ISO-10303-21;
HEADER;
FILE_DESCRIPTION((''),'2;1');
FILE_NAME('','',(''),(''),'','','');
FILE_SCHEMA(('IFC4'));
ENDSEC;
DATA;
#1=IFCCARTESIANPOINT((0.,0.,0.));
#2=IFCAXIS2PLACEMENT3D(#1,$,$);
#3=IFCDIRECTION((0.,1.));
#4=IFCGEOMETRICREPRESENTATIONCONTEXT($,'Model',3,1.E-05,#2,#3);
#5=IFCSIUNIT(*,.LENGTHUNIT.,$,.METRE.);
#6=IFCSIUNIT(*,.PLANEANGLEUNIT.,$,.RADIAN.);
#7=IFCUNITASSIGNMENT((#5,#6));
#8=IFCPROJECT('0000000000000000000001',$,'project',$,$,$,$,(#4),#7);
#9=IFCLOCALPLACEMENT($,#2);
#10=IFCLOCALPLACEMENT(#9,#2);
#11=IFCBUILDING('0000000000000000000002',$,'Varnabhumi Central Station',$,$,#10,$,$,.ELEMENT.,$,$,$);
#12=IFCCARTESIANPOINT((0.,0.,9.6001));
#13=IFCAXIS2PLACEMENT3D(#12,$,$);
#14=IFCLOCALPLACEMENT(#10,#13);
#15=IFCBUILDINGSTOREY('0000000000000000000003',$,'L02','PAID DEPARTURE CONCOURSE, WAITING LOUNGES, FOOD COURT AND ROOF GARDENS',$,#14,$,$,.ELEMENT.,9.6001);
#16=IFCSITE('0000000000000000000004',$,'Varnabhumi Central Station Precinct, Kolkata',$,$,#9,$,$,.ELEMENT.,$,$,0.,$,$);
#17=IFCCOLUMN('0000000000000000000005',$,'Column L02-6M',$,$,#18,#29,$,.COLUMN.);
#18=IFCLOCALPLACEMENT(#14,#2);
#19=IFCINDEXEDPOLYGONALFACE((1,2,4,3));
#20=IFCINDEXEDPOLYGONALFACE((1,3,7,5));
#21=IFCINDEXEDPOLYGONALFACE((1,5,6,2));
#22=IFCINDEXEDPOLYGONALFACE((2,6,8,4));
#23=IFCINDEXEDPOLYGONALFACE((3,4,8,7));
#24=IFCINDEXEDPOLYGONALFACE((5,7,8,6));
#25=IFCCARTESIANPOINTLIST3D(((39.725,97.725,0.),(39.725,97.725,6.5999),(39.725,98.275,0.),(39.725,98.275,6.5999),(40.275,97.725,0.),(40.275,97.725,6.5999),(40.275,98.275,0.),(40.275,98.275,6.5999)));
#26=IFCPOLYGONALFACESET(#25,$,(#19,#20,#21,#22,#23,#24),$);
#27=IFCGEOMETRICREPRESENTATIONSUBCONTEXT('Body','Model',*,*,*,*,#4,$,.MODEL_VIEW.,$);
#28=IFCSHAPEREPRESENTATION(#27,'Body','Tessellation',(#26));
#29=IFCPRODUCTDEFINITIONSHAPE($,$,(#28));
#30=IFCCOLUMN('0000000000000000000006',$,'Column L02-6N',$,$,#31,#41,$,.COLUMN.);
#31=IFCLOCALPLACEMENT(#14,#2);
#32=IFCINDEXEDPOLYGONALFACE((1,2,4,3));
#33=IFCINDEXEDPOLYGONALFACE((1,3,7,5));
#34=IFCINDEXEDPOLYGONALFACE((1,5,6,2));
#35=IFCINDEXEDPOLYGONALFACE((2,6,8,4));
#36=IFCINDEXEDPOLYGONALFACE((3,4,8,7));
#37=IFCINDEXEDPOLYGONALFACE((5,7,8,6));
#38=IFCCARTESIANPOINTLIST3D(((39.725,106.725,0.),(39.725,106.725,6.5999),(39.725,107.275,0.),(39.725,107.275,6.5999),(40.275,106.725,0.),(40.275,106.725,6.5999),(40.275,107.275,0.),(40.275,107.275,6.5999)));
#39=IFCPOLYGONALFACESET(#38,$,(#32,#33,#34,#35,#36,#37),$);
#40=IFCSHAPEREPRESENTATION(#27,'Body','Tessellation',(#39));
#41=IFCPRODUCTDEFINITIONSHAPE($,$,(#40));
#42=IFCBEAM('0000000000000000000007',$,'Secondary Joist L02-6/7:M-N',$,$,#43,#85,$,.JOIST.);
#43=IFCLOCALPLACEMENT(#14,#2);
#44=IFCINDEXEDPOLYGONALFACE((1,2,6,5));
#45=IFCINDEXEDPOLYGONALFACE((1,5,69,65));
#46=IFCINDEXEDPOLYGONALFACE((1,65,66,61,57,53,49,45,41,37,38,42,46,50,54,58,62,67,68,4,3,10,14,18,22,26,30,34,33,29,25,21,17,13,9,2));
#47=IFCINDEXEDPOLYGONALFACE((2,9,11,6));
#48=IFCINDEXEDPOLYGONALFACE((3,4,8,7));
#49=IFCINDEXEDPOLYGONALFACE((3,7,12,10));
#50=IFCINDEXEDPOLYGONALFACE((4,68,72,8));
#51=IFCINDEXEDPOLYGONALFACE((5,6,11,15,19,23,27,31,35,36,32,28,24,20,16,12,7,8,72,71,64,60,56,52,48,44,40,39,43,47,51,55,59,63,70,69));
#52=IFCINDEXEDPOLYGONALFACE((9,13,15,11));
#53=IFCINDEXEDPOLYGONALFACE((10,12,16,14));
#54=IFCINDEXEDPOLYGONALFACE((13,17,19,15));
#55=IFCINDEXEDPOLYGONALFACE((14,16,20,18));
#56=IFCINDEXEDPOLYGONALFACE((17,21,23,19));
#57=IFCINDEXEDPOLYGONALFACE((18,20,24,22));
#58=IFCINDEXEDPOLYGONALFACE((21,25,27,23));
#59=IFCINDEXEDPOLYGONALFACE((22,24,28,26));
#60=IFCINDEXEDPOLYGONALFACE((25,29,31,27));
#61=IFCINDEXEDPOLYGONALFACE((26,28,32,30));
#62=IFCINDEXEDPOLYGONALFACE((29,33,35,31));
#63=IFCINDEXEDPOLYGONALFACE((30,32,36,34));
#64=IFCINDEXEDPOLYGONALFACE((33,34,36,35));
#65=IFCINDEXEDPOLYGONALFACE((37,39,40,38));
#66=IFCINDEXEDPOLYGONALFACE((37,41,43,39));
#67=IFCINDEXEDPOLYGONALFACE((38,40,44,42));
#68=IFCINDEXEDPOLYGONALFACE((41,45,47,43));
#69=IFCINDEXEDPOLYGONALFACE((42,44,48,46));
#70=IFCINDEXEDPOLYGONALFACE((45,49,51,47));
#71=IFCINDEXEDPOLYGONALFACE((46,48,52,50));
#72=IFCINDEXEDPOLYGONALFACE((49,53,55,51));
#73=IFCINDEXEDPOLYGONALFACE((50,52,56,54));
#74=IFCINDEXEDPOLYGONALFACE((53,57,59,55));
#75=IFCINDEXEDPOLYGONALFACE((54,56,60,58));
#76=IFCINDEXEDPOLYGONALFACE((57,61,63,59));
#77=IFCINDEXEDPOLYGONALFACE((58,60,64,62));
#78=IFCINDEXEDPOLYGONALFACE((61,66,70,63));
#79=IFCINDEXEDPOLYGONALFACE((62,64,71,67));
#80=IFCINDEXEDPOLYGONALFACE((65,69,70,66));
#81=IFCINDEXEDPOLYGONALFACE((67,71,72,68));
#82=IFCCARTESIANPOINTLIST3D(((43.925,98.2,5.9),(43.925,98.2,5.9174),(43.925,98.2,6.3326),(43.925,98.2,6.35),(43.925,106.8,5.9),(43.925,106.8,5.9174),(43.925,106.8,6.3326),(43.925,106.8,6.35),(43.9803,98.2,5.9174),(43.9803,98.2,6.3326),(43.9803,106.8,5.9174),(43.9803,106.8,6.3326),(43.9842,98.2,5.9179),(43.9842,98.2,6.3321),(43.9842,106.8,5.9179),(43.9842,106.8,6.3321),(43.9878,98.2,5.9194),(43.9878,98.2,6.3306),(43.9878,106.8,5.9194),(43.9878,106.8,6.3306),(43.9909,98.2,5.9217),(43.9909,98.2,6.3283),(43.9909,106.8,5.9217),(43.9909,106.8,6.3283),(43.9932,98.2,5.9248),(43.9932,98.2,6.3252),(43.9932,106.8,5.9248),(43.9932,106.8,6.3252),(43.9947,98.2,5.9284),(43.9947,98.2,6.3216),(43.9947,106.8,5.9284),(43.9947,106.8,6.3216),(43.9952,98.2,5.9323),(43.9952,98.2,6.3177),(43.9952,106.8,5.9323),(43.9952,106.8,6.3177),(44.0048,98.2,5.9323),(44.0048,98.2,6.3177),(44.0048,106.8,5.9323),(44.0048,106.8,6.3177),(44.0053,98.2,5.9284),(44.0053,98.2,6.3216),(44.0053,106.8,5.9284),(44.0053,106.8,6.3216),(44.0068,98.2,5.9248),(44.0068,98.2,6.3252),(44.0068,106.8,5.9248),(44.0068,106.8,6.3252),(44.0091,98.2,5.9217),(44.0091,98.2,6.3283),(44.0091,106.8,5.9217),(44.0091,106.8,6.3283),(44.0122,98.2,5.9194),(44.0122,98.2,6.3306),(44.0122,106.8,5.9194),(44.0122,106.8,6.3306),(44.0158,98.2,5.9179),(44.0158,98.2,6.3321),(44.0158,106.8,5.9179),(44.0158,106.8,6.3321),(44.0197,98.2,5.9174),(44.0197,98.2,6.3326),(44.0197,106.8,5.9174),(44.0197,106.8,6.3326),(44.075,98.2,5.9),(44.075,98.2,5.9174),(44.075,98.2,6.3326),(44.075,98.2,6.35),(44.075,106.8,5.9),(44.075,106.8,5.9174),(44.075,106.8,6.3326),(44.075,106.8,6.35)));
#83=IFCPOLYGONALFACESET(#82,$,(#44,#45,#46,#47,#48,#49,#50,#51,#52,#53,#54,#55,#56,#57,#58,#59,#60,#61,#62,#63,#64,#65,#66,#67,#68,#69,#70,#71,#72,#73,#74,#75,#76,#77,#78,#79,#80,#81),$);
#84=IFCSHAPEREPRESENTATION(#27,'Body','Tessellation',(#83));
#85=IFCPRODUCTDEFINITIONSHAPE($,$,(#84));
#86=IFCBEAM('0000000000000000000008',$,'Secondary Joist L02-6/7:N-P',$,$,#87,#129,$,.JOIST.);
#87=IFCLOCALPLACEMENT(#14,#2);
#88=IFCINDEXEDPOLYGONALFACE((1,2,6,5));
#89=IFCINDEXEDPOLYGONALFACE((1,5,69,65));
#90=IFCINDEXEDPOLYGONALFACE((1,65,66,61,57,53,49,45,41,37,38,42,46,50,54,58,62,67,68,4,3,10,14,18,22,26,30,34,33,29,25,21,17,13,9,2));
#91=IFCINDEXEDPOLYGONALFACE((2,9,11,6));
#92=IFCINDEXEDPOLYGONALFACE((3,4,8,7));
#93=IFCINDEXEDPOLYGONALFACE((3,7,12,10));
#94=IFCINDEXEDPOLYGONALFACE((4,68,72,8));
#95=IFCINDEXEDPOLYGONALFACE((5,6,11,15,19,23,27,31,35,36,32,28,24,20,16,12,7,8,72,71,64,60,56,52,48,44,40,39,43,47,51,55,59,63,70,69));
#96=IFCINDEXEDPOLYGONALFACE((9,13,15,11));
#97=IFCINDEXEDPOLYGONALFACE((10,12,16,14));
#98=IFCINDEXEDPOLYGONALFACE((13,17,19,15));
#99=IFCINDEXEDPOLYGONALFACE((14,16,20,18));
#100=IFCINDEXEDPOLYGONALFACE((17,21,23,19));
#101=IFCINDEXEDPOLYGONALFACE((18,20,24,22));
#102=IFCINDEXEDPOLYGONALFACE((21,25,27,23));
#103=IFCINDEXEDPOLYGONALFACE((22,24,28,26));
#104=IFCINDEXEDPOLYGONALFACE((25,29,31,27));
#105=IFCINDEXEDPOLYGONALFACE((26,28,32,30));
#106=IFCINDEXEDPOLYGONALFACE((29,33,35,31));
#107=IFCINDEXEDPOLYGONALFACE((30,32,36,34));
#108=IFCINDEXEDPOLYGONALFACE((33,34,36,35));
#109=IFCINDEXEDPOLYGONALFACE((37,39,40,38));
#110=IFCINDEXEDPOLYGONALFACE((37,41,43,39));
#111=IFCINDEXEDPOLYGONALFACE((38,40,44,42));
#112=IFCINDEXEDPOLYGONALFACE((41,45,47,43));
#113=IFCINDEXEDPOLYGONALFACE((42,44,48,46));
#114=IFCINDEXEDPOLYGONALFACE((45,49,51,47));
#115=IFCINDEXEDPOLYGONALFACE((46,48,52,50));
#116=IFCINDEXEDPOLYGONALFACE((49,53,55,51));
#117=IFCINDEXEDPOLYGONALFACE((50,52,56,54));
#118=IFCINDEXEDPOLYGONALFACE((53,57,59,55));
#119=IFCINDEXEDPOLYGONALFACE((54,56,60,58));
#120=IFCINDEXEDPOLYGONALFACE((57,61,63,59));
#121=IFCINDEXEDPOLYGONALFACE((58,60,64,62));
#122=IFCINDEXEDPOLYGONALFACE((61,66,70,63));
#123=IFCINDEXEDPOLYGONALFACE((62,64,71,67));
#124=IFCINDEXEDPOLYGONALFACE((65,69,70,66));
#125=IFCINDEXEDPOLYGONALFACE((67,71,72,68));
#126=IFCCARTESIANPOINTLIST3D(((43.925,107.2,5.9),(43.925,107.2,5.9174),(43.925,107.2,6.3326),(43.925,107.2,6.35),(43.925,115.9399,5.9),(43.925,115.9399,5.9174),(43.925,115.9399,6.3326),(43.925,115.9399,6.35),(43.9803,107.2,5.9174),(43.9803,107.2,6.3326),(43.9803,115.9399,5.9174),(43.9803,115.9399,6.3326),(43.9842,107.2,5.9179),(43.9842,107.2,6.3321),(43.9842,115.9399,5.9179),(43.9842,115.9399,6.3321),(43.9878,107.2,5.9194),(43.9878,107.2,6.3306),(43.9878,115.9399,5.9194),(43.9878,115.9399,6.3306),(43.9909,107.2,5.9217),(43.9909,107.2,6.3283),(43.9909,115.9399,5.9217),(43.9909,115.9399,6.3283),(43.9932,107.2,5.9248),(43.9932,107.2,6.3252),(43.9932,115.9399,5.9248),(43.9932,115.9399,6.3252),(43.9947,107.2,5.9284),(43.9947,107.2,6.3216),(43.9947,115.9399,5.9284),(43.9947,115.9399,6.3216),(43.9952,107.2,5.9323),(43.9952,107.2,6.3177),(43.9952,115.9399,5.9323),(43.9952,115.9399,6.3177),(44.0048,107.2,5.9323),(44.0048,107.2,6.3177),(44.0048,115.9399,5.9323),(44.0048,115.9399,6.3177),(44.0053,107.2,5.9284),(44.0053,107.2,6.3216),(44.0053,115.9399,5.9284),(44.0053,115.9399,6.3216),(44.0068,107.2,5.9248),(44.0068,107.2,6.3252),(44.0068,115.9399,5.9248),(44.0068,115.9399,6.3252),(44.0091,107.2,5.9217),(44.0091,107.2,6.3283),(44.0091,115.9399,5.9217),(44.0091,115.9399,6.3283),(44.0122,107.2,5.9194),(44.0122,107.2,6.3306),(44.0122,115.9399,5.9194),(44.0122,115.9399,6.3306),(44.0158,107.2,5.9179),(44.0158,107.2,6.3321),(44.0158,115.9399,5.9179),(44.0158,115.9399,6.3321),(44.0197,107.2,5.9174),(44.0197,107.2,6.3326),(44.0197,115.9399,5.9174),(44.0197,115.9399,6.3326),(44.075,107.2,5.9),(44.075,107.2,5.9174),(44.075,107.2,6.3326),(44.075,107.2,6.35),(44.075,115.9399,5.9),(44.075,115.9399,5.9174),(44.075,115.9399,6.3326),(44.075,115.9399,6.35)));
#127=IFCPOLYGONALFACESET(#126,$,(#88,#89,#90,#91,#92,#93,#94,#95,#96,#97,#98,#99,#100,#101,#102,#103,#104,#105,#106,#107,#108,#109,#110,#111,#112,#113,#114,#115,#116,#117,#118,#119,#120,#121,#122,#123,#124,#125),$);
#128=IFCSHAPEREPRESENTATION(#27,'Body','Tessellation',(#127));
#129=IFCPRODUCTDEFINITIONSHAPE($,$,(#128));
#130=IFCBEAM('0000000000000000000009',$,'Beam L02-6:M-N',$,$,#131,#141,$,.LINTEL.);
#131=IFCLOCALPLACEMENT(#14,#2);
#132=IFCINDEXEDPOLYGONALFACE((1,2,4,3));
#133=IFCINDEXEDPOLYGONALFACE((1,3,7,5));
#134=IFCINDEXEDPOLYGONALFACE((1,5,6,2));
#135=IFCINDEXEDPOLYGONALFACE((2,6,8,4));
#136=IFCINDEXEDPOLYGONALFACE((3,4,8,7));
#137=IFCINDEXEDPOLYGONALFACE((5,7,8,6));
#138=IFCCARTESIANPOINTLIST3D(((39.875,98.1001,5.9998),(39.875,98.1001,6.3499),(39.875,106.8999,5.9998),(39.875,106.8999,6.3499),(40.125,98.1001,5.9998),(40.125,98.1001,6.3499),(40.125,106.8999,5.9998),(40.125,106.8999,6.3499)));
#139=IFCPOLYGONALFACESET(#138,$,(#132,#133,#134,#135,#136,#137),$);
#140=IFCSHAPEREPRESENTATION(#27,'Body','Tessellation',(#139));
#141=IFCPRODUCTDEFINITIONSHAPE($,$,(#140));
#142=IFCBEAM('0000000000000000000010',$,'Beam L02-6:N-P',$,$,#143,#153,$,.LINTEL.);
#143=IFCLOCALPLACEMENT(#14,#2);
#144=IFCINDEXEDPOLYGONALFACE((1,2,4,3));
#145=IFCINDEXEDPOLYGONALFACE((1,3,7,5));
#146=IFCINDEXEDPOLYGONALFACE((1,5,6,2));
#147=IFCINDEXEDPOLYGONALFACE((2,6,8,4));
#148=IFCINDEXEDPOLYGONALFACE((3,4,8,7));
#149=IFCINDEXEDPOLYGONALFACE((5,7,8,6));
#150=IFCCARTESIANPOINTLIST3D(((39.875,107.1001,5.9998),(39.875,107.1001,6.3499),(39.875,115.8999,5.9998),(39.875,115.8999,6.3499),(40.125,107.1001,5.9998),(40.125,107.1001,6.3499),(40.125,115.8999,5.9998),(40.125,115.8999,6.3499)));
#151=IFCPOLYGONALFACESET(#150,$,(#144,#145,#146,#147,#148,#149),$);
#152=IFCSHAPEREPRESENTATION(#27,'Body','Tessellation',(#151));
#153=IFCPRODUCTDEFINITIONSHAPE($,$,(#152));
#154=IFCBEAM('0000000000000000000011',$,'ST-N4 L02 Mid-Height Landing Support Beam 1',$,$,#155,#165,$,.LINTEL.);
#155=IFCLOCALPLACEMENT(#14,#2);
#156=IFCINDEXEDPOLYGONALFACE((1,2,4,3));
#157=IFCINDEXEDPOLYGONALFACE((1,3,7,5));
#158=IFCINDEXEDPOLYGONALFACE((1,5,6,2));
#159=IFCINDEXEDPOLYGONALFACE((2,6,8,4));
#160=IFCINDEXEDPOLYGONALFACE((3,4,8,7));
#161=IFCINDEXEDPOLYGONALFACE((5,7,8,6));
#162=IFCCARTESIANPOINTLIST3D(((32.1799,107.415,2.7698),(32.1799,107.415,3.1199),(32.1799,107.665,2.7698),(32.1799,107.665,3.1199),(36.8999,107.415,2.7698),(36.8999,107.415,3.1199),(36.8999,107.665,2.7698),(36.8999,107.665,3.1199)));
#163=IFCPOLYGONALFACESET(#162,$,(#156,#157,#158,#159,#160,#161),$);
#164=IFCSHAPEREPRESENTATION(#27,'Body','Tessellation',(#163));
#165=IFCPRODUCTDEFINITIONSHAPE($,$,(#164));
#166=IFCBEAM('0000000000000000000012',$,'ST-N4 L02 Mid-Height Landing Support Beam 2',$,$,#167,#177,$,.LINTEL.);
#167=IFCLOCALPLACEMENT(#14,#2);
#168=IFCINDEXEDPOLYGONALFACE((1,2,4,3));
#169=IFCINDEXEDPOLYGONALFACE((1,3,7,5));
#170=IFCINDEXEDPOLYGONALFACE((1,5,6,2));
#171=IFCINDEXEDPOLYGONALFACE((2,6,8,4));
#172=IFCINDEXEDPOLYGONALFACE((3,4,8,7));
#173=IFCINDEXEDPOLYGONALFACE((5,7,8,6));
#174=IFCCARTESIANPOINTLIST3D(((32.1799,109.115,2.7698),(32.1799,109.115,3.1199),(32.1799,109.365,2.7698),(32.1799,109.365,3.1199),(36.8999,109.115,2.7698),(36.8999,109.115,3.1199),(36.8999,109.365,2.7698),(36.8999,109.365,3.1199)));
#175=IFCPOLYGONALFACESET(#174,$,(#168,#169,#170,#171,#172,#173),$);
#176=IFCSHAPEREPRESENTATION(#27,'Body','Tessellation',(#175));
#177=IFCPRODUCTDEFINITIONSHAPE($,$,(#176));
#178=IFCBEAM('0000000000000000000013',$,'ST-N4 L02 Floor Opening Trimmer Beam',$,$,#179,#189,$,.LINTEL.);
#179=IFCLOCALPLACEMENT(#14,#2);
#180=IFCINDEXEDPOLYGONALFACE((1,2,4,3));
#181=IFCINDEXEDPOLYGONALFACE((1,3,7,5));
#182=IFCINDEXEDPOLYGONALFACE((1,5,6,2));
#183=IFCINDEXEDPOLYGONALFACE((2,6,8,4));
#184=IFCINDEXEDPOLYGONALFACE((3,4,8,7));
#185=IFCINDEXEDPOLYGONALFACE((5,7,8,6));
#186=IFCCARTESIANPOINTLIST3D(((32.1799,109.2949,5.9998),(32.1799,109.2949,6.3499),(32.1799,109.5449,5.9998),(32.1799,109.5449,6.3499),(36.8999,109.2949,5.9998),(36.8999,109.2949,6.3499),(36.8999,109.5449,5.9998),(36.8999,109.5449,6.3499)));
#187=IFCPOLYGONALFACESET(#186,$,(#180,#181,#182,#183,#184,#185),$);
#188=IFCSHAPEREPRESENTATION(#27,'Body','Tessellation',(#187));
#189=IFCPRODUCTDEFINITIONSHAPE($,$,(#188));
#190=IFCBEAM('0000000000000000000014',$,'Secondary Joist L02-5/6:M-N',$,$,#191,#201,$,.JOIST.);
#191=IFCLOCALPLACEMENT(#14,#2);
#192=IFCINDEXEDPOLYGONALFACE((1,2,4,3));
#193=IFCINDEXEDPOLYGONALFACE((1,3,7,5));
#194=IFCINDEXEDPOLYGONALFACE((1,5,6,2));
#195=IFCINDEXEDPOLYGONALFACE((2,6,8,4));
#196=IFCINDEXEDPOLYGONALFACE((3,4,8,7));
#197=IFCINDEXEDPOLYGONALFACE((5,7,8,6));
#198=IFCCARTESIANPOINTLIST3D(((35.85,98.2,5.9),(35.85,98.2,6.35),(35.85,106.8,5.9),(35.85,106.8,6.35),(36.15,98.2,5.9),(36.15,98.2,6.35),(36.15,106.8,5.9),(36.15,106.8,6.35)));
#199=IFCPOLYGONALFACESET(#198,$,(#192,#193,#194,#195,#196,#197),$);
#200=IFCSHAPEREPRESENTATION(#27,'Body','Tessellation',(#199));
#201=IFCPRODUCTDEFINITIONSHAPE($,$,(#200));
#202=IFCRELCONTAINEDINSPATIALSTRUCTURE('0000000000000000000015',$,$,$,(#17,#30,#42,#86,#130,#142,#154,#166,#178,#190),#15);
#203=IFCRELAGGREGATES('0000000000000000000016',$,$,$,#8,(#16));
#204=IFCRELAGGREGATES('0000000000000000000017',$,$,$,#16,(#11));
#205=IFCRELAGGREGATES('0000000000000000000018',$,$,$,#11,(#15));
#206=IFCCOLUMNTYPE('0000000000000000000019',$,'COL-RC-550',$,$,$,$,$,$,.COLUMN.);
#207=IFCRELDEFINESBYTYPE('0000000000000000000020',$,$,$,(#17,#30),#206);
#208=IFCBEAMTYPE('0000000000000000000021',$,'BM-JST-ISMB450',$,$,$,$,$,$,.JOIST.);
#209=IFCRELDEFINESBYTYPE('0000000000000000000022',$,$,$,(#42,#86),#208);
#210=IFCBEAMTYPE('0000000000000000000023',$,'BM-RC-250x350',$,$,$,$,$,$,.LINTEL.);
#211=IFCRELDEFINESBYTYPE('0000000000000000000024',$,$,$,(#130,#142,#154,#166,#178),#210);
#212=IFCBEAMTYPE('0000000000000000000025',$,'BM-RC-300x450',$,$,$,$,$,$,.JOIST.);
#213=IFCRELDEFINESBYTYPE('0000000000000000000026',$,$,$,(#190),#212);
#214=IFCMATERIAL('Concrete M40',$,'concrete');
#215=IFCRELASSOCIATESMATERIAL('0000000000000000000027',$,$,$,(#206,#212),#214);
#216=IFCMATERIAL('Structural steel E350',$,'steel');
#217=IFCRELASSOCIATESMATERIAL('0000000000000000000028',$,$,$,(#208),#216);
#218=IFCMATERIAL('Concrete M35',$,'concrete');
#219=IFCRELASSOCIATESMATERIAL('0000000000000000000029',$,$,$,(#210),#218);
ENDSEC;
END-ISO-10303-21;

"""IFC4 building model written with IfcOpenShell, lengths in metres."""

from ifc_helpers import new_model, si_unit, direction, frame, origin, origin_2d, place, context, subcontext, project, spatial, rectangle, i_section, extrude, material, material_profile, profile_set, type_object, element, save


model = new_model("IFC4")

# Units and contexts
model_context = context("Model", 3, precision=1e-05, world=origin(), true_north=direction((0.0, 1.0)))
body_context = subcontext(model_context, "Body", "Model", "MODEL_VIEW")
ifc_project = project(units=[si_unit("LENGTHUNIT", "METRE"), si_unit("PLANEANGLEUNIT", "RADIAN")], contexts=[model_context])

# Site, building, storey
site_placement = place(None, origin())
site = spatial("IfcSite", under=ifc_project, at=site_placement, Name="Varnabhumi Central Station Precinct, Kolkata", CompositionType="ELEMENT", RefElevation=0.0)
building_placement = place(site_placement, origin())
building = spatial("IfcBuilding", under=site, at=building_placement, Name="Varnabhumi Central Station", CompositionType="ELEMENT")
storey_placement = place(building_placement, frame((0.0, 0.0, 9.6001)))
storey = spatial("IfcBuildingStorey", under=building, at=storey_placement, Name="L02", Description="PAID DEPARTURE CONCOURSE, WAITING LOUNGES, FOOD COURT AND ROOF GARDENS", CompositionType="ELEMENT", Elevation=9.6001)

# Columns
ifc_material_1 = material(Name="Concrete M40", Category="concrete")
ifc_material_profile_1 = material_profile(ifc_material_1, rectangle(XDim=0.55, YDim=0.55, at=origin_2d()), Name="Concrete M40", Category="concrete")
ifc_profile_set_1 = profile_set([ifc_material_profile_1], Name="Concrete M40")
column_type = type_object("IfcColumnType", Name="COL-RC-550", PredefinedType="COLUMN", material=ifc_profile_set_1)
for number, where, z_axis, x_axis, name in (
    (1, (40.0, 98.0, 0.0), (0.0, 0.0, 1.0), (1.0, 0.0, 0.0), "Column L02-6M"),
    (2, (40.0, 107.0, 0.0), (0.0, 0.0, 1.0), (1.0, 0.0, 0.0), "Column L02-6N"),
):
    element("IfcColumn", number, at=place(storey_placement, frame(where, z_axis=z_axis, x_axis=x_axis)), inside=storey, type_object=column_type, Name=name, PredefinedType="COLUMN", context=body_context, shape_type="SweptSolid", body=[
        extrude(rectangle(XDim=0.55, YDim=0.55, at=origin_2d()), origin(), (0.0, 0.0, 1.0), 6.5999),
    ])

# Beams
ifc_material_2 = material(Name="Structural steel E350", Category="steel")
ifc_material_profile_2 = material_profile(ifc_material_2, i_section(OverallWidth=0.1499, OverallDepth=0.45, WebThickness=0.0095, FlangeThickness=0.0173, FilletRadius=0.0149, at=origin_2d()), Name="Structural steel E350", Category="steel")
ifc_profile_set_2 = profile_set([ifc_material_profile_2], Name="Structural steel E350")
beam_type_1 = type_object("IfcBeamType", Name="BM-JST-ISMB450", PredefinedType="JOIST", material=ifc_profile_set_2)
beam_1_placement = place(storey_placement, frame((44.0, 98.2, 6.125), z_axis=(0.0, 1.0, 0.0), x_axis=(-1.0, 0.0, 0.0)))
element("IfcBeam", 3, at=beam_1_placement, inside=storey, type_object=beam_type_1, Name="Secondary Joist L02-6/7:M-N", PredefinedType="JOIST", context=body_context, shape_type="SweptSolid", body=[
    extrude(i_section(OverallWidth=0.1499, OverallDepth=0.45, WebThickness=0.0095, FlangeThickness=0.0173, FilletRadius=0.0149, at=origin_2d()), origin(), (0.0, 0.0, 1.0), 8.6001),
])
beam_2_placement = place(storey_placement, frame((44.0, 107.2, 6.125), z_axis=(0.0, 1.0, 0.0), x_axis=(-1.0, 0.0, 0.0)))
element("IfcBeam", 4, at=beam_2_placement, inside=storey, type_object=beam_type_1, Name="Secondary Joist L02-6/7:N-P", PredefinedType="JOIST", context=body_context, shape_type="SweptSolid", body=[
    extrude(i_section(OverallWidth=0.1499, OverallDepth=0.45, WebThickness=0.0095, FlangeThickness=0.0173, FilletRadius=0.0149, at=origin_2d()), origin(), (0.0, 0.0, 1.0), 8.74),
])
ifc_material_3 = material(Name="Concrete M35", Category="concrete")
ifc_material_profile_3 = material_profile(ifc_material_3, rectangle(XDim=0.25, YDim=0.3501, at=origin_2d()), Name="Concrete M35", Category="concrete")
ifc_profile_set_3 = profile_set([ifc_material_profile_3], Name="Concrete M35")
beam_type_2 = type_object("IfcBeamType", Name="BM-RC-250x350", PredefinedType="LINTEL", material=ifc_profile_set_3)
for number, where, z_axis, x_axis, name in (
    (5, (40.0, 98.1001, 6.1748), (0.0, 1.0, 0.0), (-1.0, 0.0, 0.0), "Beam L02-6:M-N"),
    (6, (40.0, 107.1001, 6.1748), (0.0, 1.0, 0.0), (-1.0, 0.0, 0.0), "Beam L02-6:N-P"),
):
    element("IfcBeam", number, at=place(storey_placement, frame(where, z_axis=z_axis, x_axis=x_axis)), inside=storey, type_object=beam_type_2, Name=name, PredefinedType="LINTEL", context=body_context, shape_type="SweptSolid", body=[
        extrude(rectangle(XDim=0.25, YDim=0.3501, at=origin_2d()), origin(), (0.0, 0.0, 1.0), 8.7998),
    ])
for number, where, z_axis, x_axis, name in (
    (7, (32.1799, 107.54, 2.9448), (1.0, 0.0, 0.0), (0.0, 1.0, 0.0), "ST-N4 L02 Mid-Height Landing Support Beam 1"),
    (8, (32.1799, 109.24, 2.9448), (1.0, 0.0, 0.0), (0.0, 1.0, 0.0), "ST-N4 L02 Mid-Height Landing Support Beam 2"),
    (9, (32.1799, 109.4199, 6.1748), (1.0, 0.0, 0.0), (0.0, 1.0, 0.0), "ST-N4 L02 Floor Opening Trimmer Beam"),
):
    element("IfcBeam", number, at=place(storey_placement, frame(where, z_axis=z_axis, x_axis=x_axis)), inside=storey, type_object=beam_type_2, Name=name, PredefinedType="LINTEL", context=body_context, shape_type="SweptSolid", body=[
        extrude(rectangle(XDim=0.25, YDim=0.3501, at=origin_2d()), origin(), (0.0, 0.0, 1.0), 4.72),
    ])
ifc_material_profile_4 = material_profile(ifc_material_1, rectangle(XDim=0.3, YDim=0.45, at=origin_2d()), Name="Concrete M40", Category="concrete")
ifc_profile_set_4 = profile_set([ifc_material_profile_4], Name="Concrete M40")
beam_type_3 = type_object("IfcBeamType", Name="BM-RC-300x450", PredefinedType="JOIST", material=ifc_profile_set_4)
beam_3_placement = place(storey_placement, frame((36.0, 98.2, 6.125), z_axis=(0.0, 1.0, 0.0), x_axis=(-1.0, 0.0, 0.0)))
element("IfcBeam", 10, at=beam_3_placement, inside=storey, type_object=beam_type_3, Name="Secondary Joist L02-5/6:M-N", PredefinedType="JOIST", context=body_context, shape_type="SweptSolid", body=[
    extrude(rectangle(XDim=0.3, YDim=0.45, at=origin_2d()), origin(), (0.0, 0.0, 1.0), 8.6001),
])

save(model, "model.ifc")
